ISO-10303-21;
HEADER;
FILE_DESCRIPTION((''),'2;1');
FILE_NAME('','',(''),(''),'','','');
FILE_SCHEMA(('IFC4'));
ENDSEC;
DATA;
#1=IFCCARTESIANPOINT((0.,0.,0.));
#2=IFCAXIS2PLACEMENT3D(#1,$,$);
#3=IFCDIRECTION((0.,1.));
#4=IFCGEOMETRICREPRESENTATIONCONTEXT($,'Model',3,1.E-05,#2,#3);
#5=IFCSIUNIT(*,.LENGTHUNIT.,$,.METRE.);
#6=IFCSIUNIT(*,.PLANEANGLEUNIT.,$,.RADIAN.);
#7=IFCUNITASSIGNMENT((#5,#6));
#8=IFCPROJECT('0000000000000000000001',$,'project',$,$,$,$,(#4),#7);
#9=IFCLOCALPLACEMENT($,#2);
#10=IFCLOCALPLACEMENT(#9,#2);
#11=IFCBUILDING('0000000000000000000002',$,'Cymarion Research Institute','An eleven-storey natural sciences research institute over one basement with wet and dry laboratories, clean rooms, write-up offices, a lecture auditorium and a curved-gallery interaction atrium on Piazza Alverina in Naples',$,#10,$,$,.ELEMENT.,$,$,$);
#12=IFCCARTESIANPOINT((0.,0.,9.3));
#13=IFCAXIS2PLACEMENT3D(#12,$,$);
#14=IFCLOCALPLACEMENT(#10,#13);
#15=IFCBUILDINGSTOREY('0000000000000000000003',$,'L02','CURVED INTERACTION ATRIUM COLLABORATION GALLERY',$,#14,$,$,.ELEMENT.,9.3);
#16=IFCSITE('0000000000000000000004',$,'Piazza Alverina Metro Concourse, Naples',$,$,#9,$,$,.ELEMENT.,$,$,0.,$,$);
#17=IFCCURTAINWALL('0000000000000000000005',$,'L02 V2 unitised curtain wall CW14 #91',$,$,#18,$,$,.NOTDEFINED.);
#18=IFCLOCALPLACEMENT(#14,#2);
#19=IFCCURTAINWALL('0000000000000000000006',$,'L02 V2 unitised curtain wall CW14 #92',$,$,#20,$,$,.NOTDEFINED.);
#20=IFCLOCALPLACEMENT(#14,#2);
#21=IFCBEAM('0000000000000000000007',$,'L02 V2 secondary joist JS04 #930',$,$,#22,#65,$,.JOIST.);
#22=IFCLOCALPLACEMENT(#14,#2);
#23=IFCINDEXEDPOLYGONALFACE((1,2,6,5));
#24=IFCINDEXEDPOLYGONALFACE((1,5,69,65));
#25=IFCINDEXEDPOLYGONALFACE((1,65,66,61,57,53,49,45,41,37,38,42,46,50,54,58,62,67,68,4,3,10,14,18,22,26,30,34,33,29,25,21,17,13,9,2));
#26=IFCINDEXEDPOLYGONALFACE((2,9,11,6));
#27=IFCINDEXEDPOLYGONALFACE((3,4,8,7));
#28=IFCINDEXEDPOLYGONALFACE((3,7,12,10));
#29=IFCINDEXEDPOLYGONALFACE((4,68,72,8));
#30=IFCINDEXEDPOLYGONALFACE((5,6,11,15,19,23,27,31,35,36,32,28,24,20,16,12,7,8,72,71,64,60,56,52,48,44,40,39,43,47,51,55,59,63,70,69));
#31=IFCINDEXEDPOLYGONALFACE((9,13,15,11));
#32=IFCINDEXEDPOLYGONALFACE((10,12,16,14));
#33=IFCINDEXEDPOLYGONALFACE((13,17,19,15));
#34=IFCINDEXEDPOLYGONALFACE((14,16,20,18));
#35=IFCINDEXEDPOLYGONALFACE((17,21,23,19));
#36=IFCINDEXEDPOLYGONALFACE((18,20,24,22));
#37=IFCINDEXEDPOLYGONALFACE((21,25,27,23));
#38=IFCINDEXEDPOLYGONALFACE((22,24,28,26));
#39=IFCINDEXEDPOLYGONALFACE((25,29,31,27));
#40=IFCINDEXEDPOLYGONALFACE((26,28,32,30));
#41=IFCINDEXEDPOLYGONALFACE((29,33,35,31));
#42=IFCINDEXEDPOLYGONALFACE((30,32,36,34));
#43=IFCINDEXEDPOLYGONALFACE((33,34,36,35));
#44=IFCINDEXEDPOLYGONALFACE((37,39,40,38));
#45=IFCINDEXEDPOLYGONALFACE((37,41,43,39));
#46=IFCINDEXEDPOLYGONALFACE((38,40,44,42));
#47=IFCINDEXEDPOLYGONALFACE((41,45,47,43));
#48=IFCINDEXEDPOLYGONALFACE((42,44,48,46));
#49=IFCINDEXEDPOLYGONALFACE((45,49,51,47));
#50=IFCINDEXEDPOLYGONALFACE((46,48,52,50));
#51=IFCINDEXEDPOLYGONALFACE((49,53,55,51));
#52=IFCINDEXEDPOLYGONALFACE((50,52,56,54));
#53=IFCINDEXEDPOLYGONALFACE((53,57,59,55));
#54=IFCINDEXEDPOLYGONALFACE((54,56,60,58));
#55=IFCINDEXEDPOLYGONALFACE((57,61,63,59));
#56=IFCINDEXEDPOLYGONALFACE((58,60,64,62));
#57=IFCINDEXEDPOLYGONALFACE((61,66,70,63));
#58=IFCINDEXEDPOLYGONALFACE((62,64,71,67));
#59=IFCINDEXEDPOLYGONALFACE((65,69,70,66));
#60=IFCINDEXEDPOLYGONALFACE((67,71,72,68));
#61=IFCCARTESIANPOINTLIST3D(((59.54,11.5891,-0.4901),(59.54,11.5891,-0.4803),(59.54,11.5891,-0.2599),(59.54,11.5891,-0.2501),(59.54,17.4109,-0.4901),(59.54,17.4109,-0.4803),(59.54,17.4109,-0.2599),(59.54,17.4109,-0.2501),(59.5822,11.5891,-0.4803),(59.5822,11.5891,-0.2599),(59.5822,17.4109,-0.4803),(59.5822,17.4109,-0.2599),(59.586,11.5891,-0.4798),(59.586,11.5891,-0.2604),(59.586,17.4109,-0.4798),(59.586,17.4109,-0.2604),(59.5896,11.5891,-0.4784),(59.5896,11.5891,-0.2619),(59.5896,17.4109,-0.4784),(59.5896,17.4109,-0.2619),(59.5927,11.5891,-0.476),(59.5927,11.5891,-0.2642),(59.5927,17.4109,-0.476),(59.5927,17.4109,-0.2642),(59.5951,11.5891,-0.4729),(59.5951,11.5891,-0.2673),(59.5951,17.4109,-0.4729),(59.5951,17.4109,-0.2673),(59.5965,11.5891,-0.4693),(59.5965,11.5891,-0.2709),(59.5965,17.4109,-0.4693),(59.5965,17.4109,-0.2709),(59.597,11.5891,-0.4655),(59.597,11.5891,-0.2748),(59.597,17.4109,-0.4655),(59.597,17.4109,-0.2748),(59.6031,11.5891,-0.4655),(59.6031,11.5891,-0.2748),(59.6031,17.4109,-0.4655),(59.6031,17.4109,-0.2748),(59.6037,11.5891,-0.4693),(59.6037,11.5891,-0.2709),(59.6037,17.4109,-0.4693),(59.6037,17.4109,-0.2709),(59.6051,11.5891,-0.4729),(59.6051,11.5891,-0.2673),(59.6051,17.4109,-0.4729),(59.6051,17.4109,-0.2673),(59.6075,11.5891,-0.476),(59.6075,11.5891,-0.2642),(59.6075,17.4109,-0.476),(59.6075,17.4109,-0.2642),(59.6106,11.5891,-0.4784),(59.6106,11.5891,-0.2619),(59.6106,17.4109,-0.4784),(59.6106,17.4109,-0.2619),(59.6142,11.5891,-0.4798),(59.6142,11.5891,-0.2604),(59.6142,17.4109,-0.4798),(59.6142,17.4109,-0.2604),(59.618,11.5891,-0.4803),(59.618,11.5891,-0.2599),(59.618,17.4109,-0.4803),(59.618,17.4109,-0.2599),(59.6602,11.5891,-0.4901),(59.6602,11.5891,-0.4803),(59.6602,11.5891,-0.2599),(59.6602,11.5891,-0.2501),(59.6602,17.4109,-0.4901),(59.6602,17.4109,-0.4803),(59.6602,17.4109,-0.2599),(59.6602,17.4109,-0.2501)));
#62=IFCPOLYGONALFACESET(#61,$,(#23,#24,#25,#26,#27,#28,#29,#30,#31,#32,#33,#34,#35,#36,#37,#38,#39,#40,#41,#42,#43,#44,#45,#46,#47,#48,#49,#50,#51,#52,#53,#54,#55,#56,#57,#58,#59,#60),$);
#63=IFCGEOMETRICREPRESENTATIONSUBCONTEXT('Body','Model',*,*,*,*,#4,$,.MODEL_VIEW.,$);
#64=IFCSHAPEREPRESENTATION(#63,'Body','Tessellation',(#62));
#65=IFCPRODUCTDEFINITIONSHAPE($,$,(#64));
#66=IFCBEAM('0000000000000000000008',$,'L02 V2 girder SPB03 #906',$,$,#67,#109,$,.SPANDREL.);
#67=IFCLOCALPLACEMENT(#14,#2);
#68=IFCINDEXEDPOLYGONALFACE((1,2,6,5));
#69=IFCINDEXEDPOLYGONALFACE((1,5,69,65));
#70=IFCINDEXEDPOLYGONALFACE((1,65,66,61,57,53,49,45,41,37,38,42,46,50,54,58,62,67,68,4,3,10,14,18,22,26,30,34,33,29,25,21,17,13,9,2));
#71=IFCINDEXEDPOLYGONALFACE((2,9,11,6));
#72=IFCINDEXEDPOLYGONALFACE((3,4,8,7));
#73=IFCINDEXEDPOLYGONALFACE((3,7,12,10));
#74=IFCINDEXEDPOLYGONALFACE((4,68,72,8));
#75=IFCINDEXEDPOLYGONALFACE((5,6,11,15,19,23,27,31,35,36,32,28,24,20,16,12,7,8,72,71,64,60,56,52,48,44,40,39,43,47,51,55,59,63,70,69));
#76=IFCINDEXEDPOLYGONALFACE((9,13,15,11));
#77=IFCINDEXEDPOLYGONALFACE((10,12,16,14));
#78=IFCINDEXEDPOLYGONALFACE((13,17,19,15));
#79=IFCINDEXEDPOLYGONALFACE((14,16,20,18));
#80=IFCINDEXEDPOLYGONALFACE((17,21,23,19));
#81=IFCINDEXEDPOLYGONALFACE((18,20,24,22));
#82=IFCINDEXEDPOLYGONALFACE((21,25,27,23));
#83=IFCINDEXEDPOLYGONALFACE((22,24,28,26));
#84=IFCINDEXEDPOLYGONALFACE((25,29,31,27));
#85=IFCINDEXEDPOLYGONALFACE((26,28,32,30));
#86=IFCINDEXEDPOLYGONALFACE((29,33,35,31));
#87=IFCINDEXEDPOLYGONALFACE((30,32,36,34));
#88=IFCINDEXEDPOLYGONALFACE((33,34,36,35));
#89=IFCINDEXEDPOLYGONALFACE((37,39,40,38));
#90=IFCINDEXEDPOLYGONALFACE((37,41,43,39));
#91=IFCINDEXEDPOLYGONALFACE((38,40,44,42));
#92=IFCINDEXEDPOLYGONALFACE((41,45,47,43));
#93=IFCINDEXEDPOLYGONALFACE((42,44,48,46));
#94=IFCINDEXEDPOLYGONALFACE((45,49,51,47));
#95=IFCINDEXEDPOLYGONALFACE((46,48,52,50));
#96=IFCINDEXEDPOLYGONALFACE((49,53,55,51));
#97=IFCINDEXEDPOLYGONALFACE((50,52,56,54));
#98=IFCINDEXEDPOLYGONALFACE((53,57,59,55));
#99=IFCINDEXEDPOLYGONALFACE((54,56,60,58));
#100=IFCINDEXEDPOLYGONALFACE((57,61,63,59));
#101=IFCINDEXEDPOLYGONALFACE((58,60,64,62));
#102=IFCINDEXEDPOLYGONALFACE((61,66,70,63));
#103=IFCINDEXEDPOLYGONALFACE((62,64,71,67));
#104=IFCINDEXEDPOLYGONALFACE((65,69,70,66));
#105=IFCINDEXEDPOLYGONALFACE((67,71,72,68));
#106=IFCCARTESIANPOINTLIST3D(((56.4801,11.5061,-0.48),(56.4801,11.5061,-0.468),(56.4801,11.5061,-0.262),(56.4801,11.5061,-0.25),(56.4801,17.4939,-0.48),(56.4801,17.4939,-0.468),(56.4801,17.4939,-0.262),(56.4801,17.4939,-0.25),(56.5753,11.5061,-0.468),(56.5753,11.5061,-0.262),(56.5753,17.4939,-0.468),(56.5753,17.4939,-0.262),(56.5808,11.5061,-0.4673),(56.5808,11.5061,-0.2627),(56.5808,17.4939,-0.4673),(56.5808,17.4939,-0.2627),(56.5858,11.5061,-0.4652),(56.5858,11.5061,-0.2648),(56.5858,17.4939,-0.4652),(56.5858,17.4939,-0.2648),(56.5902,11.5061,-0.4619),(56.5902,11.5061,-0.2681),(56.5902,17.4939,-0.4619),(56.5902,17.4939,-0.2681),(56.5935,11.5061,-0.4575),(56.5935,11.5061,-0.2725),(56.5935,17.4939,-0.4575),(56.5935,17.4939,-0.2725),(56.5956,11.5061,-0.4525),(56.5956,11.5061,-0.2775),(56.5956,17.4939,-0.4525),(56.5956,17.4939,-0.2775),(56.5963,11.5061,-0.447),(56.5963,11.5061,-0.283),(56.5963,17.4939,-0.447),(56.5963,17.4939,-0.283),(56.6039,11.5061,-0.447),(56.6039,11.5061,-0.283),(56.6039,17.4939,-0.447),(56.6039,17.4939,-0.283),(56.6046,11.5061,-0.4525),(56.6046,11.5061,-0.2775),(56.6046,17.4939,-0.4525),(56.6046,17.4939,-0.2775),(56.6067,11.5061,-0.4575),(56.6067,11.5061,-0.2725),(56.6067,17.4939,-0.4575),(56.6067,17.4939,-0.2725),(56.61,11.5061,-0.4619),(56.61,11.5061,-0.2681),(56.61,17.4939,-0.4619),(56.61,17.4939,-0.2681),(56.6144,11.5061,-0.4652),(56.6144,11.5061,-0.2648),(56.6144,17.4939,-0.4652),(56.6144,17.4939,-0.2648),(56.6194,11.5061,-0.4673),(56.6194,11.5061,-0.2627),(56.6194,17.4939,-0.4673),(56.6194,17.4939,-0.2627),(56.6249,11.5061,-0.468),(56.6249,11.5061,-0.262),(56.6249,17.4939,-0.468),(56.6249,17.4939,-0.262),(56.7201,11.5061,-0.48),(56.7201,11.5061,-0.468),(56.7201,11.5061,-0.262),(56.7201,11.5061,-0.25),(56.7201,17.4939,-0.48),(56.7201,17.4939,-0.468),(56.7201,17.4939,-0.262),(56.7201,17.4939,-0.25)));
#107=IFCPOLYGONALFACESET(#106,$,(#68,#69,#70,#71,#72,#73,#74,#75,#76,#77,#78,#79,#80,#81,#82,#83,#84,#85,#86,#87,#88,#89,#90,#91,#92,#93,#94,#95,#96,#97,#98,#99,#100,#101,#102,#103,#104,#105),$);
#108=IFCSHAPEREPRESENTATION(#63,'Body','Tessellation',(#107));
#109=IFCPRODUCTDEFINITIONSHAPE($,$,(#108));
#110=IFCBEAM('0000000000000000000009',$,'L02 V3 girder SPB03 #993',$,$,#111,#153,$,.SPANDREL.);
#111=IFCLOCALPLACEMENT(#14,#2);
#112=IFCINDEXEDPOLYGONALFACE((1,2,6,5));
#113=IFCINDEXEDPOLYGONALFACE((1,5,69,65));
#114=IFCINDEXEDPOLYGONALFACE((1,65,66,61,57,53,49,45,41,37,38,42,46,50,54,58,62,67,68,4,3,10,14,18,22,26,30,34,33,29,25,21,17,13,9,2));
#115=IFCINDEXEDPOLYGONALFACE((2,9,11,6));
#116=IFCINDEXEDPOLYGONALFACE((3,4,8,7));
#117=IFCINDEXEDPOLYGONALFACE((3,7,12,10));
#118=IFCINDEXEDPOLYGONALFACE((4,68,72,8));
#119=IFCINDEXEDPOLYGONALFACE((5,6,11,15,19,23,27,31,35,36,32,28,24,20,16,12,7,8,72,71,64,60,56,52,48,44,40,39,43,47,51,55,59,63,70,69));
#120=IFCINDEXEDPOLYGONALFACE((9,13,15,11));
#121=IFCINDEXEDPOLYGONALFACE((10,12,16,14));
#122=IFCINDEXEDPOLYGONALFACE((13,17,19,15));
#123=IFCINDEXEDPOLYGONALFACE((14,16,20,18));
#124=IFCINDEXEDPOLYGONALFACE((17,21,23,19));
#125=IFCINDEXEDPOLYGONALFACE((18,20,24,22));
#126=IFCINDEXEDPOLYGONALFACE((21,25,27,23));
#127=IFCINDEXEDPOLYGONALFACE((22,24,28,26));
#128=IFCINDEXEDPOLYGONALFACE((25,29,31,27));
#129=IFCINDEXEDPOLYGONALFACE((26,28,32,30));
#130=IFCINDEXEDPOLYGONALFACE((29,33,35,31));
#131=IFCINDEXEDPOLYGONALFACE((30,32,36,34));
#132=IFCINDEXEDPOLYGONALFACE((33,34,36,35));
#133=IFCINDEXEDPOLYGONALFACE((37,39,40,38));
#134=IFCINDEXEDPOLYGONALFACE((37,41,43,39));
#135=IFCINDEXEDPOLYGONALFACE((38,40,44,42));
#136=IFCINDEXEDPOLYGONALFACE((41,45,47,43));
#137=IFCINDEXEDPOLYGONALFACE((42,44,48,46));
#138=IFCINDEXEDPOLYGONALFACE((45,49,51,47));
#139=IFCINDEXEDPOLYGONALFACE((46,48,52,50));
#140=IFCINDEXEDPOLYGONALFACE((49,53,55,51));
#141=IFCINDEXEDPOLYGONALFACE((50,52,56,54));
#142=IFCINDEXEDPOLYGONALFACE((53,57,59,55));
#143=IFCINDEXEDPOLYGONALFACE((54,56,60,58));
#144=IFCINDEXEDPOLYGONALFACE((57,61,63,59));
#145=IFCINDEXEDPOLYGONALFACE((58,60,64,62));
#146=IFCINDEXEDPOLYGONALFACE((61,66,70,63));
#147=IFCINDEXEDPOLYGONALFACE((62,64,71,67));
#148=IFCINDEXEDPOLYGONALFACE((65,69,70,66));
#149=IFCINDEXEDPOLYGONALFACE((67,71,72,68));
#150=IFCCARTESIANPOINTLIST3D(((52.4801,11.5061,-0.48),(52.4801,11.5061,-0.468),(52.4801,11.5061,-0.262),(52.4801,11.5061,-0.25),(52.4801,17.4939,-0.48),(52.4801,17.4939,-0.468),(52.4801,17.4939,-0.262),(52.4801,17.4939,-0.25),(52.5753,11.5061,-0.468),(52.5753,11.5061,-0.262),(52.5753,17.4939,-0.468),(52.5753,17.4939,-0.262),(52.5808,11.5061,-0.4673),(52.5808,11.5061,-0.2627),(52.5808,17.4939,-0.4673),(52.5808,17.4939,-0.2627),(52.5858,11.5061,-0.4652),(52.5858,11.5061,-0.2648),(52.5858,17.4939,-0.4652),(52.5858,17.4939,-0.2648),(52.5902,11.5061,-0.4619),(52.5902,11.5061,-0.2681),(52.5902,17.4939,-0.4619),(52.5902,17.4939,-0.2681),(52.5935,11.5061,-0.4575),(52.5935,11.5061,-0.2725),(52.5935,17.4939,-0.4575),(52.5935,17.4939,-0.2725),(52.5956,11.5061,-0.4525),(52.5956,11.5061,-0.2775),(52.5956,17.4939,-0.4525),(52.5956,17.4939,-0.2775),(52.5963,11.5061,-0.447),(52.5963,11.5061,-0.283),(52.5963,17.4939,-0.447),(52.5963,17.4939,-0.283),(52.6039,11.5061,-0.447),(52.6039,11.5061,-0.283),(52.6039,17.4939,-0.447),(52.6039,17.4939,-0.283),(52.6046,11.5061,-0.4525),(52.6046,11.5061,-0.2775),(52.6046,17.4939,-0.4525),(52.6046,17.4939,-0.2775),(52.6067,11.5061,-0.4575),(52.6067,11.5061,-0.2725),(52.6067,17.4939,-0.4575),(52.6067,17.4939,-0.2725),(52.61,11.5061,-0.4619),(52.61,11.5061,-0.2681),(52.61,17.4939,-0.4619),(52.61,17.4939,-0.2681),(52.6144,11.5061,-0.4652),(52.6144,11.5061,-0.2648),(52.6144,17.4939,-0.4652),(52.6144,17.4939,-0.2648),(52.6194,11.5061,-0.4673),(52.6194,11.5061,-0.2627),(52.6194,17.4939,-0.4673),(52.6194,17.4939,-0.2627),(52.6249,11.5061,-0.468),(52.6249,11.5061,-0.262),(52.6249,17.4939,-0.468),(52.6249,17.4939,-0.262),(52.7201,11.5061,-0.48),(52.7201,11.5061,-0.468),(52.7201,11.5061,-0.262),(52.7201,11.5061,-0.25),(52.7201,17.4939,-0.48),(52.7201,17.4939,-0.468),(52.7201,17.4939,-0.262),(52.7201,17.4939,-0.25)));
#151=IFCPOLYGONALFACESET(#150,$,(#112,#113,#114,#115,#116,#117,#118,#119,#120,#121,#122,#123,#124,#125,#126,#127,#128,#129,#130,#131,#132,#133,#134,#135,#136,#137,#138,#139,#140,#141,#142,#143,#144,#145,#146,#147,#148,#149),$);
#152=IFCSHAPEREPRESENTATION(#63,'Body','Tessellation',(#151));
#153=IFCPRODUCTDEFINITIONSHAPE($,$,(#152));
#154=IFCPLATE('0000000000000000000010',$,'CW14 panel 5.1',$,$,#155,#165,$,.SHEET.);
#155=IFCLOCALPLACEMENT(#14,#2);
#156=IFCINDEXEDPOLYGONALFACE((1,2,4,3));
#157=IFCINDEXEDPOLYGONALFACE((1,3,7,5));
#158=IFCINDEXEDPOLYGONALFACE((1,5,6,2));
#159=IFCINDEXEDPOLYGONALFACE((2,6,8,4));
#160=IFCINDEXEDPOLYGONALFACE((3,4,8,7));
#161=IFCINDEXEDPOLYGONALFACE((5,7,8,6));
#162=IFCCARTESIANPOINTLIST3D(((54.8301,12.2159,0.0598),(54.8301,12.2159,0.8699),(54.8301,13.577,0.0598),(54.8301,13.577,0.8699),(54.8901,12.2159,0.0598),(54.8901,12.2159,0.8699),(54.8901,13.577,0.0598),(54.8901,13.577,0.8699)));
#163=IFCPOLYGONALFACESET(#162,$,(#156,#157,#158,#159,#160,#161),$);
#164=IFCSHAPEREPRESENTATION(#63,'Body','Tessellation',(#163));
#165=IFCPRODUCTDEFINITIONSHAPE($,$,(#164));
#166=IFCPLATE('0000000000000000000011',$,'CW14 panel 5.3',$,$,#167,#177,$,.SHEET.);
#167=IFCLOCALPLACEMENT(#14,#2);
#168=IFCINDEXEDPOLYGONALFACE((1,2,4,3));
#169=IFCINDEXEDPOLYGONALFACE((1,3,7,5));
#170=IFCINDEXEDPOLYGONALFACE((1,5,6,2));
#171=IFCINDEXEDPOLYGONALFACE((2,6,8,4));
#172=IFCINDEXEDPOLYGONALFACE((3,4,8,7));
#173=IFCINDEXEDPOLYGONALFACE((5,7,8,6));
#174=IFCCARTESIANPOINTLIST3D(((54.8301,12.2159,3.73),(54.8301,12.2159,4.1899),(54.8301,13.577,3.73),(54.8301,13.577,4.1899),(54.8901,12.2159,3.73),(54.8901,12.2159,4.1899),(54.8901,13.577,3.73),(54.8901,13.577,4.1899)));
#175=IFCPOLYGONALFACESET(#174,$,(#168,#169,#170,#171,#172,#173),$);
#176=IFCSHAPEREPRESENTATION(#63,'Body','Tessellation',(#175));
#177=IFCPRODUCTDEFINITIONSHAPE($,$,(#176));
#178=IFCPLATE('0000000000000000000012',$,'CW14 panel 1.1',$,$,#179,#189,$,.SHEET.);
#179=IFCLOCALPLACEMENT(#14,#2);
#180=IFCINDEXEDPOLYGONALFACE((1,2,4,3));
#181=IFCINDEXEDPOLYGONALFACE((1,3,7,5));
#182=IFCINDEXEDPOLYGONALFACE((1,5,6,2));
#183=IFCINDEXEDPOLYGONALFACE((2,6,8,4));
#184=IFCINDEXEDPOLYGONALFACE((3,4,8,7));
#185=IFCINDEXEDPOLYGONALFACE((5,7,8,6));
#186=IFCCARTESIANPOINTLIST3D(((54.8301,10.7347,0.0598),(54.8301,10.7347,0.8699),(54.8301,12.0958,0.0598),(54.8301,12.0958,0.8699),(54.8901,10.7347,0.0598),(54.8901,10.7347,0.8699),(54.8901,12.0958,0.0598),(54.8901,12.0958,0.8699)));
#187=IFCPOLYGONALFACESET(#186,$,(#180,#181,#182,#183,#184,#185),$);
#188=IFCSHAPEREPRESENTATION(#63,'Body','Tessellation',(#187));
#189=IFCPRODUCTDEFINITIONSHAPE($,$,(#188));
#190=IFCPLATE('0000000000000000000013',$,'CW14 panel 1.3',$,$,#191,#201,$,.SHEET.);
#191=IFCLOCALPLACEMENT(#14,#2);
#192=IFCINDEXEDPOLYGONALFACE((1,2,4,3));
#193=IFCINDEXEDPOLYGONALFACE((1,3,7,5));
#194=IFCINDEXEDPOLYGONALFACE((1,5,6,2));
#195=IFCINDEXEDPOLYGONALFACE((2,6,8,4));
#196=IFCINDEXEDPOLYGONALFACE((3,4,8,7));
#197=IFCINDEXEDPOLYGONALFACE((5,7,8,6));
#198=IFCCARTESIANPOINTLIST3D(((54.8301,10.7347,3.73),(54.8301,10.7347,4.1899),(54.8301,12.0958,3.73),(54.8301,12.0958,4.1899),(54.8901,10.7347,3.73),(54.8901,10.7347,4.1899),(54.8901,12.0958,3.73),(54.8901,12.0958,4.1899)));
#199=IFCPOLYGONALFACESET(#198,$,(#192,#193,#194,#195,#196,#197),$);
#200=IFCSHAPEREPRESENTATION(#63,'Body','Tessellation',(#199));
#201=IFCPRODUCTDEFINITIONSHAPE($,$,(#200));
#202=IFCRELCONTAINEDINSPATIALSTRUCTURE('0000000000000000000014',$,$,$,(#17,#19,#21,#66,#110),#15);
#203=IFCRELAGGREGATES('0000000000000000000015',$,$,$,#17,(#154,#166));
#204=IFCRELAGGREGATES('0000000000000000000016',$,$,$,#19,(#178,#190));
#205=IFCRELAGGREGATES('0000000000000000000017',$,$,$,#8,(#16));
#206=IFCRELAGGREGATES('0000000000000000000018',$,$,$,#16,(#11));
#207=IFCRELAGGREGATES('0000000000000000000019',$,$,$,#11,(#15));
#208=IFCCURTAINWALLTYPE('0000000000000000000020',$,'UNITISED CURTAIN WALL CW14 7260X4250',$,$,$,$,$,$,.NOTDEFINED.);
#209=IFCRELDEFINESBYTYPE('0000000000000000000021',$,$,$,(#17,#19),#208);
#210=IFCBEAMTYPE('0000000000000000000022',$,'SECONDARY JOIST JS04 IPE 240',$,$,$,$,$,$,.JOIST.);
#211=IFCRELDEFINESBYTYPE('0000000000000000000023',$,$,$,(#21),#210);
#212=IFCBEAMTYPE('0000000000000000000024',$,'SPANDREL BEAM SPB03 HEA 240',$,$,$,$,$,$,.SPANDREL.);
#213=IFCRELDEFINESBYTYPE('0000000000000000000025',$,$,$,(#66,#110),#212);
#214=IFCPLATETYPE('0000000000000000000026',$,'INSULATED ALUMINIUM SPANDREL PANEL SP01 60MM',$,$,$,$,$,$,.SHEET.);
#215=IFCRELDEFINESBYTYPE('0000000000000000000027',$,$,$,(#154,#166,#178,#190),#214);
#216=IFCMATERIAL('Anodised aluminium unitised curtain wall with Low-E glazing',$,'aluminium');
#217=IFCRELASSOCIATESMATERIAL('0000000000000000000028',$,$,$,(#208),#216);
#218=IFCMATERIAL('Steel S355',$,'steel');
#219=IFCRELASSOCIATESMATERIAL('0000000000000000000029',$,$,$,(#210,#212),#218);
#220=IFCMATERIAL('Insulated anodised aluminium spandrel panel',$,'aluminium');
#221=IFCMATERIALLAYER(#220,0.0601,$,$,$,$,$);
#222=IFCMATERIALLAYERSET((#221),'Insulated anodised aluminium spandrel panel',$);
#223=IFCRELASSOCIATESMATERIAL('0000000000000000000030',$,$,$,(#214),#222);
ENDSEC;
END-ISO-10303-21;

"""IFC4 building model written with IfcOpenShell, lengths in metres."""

from ifc_helpers import new_model, si_unit, direction, frame, origin, origin_2d, place, context, subcontext, project, spatial, rectangle, i_section, extrude, material, layer, layer_set, material_profile, profile_set, type_object, element, aggregate, save


model = new_model("IFC4")

# Units and contexts
model_context = context("Model", 3, precision=1e-05, world=origin(), true_north=direction((0.0, 1.0)))
body_context = subcontext(model_context, "Body", "Model", "MODEL_VIEW")
ifc_project = project(units=[si_unit("LENGTHUNIT", "METRE"), si_unit("PLANEANGLEUNIT", "RADIAN")], contexts=[model_context])

# Site, building, storey
site_placement = place(None, origin())
site = spatial("IfcSite", under=ifc_project, at=site_placement, Name="Piazza Alverina Metro Concourse, Naples", CompositionType="ELEMENT", RefElevation=0.0)
building_placement = place(site_placement, origin())
building = spatial("IfcBuilding", under=site, at=building_placement, Name="Cymarion Research Institute", Description="An eleven-storey natural sciences research institute over one basement with wet and dry laboratories, clean rooms, write-up offices, a lecture auditorium and a curved-gallery interaction atrium on Piazza Alverina in Naples", CompositionType="ELEMENT")
storey_placement = place(building_placement, frame((0.0, 0.0, 9.3)))
storey = spatial("IfcBuildingStorey", under=building, at=storey_placement, Name="L02", Description="CURVED INTERACTION ATRIUM COLLABORATION GALLERY", CompositionType="ELEMENT", Elevation=9.3)

# Shared definitions
ifc_material_1 = material(Name="Steel S355", Category="steel")

# Curtain walls
ifc_material_2 = material(Name="Anodised aluminium unitised curtain wall with Low-E glazing", Category="aluminium")
curtain_wall_type = type_object("IfcCurtainWallType", Name="UNITISED CURTAIN WALL CW14 7260X4250", PredefinedType="NOTDEFINED", material=ifc_material_2)
curtain_wall_1_placement = place(storey_placement, origin())
curtain_wall_1 = element("IfcCurtainWall", 1, at=curtain_wall_1_placement, inside=storey, type_object=curtain_wall_type, Name="L02 V2 unitised curtain wall CW14 #91", PredefinedType="NOTDEFINED")
curtain_wall_2_placement = place(storey_placement, origin())
curtain_wall_2 = element("IfcCurtainWall", 2, at=curtain_wall_2_placement, inside=storey, type_object=curtain_wall_type, Name="L02 V2 unitised curtain wall CW14 #92", PredefinedType="NOTDEFINED")

# Beams
ifc_material_profile_1 = material_profile(ifc_material_1, i_section(OverallWidth=0.1201, OverallDepth=0.24, WebThickness=0.0061, FlangeThickness=0.0098, FilletRadius=0.0149, at=origin_2d()), Name="IPE 240")
ifc_profile_set_1 = profile_set([ifc_material_profile_1], Name="Steel S355")
beam_type_1 = type_object("IfcBeamType", Name="SECONDARY JOIST JS04 IPE 240", PredefinedType="JOIST", material=ifc_profile_set_1)
beam_1_placement = place(storey_placement, frame((59.6001, 11.5891, -0.3701), z_axis=(0.0, 1.0, 0.0), x_axis=(-1.0, 0.0, 0.0)))
element("IfcBeam", 3, at=beam_1_placement, inside=storey, type_object=beam_type_1, Name="L02 V2 secondary joist JS04 #930", PredefinedType="JOIST", context=body_context, shape_type="SweptSolid", body=[
    extrude(i_section(OverallWidth=0.1201, OverallDepth=0.24, WebThickness=0.0061, FlangeThickness=0.0098, FilletRadius=0.0149, at=origin_2d()), origin(), (0.0, 0.0, 1.0), 5.8218),
])
ifc_material_profile_2 = material_profile(ifc_material_1, i_section(OverallWidth=0.24, OverallDepth=0.23, WebThickness=0.0076, FlangeThickness=0.012, FilletRadius=0.021, at=origin_2d()), Name="HEA 240")
ifc_profile_set_2 = profile_set([ifc_material_profile_2], Name="Steel S355")
beam_type_2 = type_object("IfcBeamType", Name="SPANDREL BEAM SPB03 HEA 240", PredefinedType="SPANDREL", material=ifc_profile_set_2)
for number, where, z_axis, x_axis, name in (
    (4, (56.6001, 11.5061, -0.365), (0.0, 1.0, 0.0), (-1.0, 0.0, 0.0), "L02 V2 girder SPB03 #906"),
    (5, (52.6001, 11.5061, -0.365), (0.0, 1.0, 0.0), (-1.0, 0.0, 0.0), "L02 V3 girder SPB03 #993"),
):
    element("IfcBeam", number, at=place(storey_placement, frame(where, z_axis=z_axis, x_axis=x_axis)), inside=storey, type_object=beam_type_2, Name=name, PredefinedType="SPANDREL", context=body_context, shape_type="SweptSolid", body=[
        extrude(i_section(OverallWidth=0.24, OverallDepth=0.23, WebThickness=0.0076, FlangeThickness=0.012, FilletRadius=0.021, at=origin_2d()), origin(), (0.0, 0.0, 1.0), 5.9878),
    ])

# Plates
ifc_material_3 = material(Name="Insulated anodised aluminium spandrel panel", Category="aluminium")
ifc_layer_1 = layer(ifc_material_3, 0.0601)
ifc_layer_set_1 = layer_set([ifc_layer_1], Name="Insulated anodised aluminium spandrel panel")
plate_type_1 = type_object("IfcPlateType", Name="INSULATED ALUMINIUM SPANDREL PANEL SP01 60MM", PredefinedType="SHEET", material=ifc_layer_set_1)
plate_1_placement = place(storey_placement, frame((54.8601, 12.8965, 0.0598), z_axis=(0.0, 0.0, 1.0), x_axis=(0.0, -1.0, 0.0)))
plate_1 = element("IfcPlate", 6, at=plate_1_placement, type_object=plate_type_1, Name="CW14 panel 5.1", PredefinedType="SHEET", context=body_context, shape_type="SweptSolid", body=[
    extrude(rectangle(XDim=1.3611, YDim=0.0601, at=origin_2d()), origin(), (0.0, 0.0, 1.0), 0.8101),
])
plate_2_placement = place(storey_placement, frame((54.8601, 12.8965, 3.73), z_axis=(0.0, 0.0, 1.0), x_axis=(0.0, -1.0, 0.0)))
plate_2 = element("IfcPlate", 7, at=plate_2_placement, type_object=plate_type_1, Name="CW14 panel 5.3", PredefinedType="SHEET", context=body_context, shape_type="SweptSolid", body=[
    extrude(rectangle(XDim=1.3611, YDim=0.0601, at=origin_2d()), origin(), (0.0, 0.0, 1.0), 0.46),
])
plate_3_placement = place(storey_placement, frame((54.8601, 11.4153, 0.0598), z_axis=(0.0, 0.0, 1.0), x_axis=(0.0, -1.0, 0.0)))
plate_3 = element("IfcPlate", 8, at=plate_3_placement, type_object=plate_type_1, Name="CW14 panel 1.1", PredefinedType="SHEET", context=body_context, shape_type="SweptSolid", body=[
    extrude(rectangle(XDim=1.3611, YDim=0.0601, at=origin_2d()), origin(), (0.0, 0.0, 1.0), 0.8101),
])
plate_4_placement = place(storey_placement, frame((54.8601, 11.4153, 3.73), z_axis=(0.0, 0.0, 1.0), x_axis=(0.0, -1.0, 0.0)))
plate_4 = element("IfcPlate", 9, at=plate_4_placement, type_object=plate_type_1, Name="CW14 panel 1.3", PredefinedType="SHEET", context=body_context, shape_type="SweptSolid", body=[
    extrude(rectangle(XDim=1.3611, YDim=0.0601, at=origin_2d()), origin(), (0.0, 0.0, 1.0), 0.46),
])
aggregate(curtain_wall_1, [plate_1, plate_2])
aggregate(curtain_wall_2, [plate_3, plate_4])

save(model, "model.ifc")
